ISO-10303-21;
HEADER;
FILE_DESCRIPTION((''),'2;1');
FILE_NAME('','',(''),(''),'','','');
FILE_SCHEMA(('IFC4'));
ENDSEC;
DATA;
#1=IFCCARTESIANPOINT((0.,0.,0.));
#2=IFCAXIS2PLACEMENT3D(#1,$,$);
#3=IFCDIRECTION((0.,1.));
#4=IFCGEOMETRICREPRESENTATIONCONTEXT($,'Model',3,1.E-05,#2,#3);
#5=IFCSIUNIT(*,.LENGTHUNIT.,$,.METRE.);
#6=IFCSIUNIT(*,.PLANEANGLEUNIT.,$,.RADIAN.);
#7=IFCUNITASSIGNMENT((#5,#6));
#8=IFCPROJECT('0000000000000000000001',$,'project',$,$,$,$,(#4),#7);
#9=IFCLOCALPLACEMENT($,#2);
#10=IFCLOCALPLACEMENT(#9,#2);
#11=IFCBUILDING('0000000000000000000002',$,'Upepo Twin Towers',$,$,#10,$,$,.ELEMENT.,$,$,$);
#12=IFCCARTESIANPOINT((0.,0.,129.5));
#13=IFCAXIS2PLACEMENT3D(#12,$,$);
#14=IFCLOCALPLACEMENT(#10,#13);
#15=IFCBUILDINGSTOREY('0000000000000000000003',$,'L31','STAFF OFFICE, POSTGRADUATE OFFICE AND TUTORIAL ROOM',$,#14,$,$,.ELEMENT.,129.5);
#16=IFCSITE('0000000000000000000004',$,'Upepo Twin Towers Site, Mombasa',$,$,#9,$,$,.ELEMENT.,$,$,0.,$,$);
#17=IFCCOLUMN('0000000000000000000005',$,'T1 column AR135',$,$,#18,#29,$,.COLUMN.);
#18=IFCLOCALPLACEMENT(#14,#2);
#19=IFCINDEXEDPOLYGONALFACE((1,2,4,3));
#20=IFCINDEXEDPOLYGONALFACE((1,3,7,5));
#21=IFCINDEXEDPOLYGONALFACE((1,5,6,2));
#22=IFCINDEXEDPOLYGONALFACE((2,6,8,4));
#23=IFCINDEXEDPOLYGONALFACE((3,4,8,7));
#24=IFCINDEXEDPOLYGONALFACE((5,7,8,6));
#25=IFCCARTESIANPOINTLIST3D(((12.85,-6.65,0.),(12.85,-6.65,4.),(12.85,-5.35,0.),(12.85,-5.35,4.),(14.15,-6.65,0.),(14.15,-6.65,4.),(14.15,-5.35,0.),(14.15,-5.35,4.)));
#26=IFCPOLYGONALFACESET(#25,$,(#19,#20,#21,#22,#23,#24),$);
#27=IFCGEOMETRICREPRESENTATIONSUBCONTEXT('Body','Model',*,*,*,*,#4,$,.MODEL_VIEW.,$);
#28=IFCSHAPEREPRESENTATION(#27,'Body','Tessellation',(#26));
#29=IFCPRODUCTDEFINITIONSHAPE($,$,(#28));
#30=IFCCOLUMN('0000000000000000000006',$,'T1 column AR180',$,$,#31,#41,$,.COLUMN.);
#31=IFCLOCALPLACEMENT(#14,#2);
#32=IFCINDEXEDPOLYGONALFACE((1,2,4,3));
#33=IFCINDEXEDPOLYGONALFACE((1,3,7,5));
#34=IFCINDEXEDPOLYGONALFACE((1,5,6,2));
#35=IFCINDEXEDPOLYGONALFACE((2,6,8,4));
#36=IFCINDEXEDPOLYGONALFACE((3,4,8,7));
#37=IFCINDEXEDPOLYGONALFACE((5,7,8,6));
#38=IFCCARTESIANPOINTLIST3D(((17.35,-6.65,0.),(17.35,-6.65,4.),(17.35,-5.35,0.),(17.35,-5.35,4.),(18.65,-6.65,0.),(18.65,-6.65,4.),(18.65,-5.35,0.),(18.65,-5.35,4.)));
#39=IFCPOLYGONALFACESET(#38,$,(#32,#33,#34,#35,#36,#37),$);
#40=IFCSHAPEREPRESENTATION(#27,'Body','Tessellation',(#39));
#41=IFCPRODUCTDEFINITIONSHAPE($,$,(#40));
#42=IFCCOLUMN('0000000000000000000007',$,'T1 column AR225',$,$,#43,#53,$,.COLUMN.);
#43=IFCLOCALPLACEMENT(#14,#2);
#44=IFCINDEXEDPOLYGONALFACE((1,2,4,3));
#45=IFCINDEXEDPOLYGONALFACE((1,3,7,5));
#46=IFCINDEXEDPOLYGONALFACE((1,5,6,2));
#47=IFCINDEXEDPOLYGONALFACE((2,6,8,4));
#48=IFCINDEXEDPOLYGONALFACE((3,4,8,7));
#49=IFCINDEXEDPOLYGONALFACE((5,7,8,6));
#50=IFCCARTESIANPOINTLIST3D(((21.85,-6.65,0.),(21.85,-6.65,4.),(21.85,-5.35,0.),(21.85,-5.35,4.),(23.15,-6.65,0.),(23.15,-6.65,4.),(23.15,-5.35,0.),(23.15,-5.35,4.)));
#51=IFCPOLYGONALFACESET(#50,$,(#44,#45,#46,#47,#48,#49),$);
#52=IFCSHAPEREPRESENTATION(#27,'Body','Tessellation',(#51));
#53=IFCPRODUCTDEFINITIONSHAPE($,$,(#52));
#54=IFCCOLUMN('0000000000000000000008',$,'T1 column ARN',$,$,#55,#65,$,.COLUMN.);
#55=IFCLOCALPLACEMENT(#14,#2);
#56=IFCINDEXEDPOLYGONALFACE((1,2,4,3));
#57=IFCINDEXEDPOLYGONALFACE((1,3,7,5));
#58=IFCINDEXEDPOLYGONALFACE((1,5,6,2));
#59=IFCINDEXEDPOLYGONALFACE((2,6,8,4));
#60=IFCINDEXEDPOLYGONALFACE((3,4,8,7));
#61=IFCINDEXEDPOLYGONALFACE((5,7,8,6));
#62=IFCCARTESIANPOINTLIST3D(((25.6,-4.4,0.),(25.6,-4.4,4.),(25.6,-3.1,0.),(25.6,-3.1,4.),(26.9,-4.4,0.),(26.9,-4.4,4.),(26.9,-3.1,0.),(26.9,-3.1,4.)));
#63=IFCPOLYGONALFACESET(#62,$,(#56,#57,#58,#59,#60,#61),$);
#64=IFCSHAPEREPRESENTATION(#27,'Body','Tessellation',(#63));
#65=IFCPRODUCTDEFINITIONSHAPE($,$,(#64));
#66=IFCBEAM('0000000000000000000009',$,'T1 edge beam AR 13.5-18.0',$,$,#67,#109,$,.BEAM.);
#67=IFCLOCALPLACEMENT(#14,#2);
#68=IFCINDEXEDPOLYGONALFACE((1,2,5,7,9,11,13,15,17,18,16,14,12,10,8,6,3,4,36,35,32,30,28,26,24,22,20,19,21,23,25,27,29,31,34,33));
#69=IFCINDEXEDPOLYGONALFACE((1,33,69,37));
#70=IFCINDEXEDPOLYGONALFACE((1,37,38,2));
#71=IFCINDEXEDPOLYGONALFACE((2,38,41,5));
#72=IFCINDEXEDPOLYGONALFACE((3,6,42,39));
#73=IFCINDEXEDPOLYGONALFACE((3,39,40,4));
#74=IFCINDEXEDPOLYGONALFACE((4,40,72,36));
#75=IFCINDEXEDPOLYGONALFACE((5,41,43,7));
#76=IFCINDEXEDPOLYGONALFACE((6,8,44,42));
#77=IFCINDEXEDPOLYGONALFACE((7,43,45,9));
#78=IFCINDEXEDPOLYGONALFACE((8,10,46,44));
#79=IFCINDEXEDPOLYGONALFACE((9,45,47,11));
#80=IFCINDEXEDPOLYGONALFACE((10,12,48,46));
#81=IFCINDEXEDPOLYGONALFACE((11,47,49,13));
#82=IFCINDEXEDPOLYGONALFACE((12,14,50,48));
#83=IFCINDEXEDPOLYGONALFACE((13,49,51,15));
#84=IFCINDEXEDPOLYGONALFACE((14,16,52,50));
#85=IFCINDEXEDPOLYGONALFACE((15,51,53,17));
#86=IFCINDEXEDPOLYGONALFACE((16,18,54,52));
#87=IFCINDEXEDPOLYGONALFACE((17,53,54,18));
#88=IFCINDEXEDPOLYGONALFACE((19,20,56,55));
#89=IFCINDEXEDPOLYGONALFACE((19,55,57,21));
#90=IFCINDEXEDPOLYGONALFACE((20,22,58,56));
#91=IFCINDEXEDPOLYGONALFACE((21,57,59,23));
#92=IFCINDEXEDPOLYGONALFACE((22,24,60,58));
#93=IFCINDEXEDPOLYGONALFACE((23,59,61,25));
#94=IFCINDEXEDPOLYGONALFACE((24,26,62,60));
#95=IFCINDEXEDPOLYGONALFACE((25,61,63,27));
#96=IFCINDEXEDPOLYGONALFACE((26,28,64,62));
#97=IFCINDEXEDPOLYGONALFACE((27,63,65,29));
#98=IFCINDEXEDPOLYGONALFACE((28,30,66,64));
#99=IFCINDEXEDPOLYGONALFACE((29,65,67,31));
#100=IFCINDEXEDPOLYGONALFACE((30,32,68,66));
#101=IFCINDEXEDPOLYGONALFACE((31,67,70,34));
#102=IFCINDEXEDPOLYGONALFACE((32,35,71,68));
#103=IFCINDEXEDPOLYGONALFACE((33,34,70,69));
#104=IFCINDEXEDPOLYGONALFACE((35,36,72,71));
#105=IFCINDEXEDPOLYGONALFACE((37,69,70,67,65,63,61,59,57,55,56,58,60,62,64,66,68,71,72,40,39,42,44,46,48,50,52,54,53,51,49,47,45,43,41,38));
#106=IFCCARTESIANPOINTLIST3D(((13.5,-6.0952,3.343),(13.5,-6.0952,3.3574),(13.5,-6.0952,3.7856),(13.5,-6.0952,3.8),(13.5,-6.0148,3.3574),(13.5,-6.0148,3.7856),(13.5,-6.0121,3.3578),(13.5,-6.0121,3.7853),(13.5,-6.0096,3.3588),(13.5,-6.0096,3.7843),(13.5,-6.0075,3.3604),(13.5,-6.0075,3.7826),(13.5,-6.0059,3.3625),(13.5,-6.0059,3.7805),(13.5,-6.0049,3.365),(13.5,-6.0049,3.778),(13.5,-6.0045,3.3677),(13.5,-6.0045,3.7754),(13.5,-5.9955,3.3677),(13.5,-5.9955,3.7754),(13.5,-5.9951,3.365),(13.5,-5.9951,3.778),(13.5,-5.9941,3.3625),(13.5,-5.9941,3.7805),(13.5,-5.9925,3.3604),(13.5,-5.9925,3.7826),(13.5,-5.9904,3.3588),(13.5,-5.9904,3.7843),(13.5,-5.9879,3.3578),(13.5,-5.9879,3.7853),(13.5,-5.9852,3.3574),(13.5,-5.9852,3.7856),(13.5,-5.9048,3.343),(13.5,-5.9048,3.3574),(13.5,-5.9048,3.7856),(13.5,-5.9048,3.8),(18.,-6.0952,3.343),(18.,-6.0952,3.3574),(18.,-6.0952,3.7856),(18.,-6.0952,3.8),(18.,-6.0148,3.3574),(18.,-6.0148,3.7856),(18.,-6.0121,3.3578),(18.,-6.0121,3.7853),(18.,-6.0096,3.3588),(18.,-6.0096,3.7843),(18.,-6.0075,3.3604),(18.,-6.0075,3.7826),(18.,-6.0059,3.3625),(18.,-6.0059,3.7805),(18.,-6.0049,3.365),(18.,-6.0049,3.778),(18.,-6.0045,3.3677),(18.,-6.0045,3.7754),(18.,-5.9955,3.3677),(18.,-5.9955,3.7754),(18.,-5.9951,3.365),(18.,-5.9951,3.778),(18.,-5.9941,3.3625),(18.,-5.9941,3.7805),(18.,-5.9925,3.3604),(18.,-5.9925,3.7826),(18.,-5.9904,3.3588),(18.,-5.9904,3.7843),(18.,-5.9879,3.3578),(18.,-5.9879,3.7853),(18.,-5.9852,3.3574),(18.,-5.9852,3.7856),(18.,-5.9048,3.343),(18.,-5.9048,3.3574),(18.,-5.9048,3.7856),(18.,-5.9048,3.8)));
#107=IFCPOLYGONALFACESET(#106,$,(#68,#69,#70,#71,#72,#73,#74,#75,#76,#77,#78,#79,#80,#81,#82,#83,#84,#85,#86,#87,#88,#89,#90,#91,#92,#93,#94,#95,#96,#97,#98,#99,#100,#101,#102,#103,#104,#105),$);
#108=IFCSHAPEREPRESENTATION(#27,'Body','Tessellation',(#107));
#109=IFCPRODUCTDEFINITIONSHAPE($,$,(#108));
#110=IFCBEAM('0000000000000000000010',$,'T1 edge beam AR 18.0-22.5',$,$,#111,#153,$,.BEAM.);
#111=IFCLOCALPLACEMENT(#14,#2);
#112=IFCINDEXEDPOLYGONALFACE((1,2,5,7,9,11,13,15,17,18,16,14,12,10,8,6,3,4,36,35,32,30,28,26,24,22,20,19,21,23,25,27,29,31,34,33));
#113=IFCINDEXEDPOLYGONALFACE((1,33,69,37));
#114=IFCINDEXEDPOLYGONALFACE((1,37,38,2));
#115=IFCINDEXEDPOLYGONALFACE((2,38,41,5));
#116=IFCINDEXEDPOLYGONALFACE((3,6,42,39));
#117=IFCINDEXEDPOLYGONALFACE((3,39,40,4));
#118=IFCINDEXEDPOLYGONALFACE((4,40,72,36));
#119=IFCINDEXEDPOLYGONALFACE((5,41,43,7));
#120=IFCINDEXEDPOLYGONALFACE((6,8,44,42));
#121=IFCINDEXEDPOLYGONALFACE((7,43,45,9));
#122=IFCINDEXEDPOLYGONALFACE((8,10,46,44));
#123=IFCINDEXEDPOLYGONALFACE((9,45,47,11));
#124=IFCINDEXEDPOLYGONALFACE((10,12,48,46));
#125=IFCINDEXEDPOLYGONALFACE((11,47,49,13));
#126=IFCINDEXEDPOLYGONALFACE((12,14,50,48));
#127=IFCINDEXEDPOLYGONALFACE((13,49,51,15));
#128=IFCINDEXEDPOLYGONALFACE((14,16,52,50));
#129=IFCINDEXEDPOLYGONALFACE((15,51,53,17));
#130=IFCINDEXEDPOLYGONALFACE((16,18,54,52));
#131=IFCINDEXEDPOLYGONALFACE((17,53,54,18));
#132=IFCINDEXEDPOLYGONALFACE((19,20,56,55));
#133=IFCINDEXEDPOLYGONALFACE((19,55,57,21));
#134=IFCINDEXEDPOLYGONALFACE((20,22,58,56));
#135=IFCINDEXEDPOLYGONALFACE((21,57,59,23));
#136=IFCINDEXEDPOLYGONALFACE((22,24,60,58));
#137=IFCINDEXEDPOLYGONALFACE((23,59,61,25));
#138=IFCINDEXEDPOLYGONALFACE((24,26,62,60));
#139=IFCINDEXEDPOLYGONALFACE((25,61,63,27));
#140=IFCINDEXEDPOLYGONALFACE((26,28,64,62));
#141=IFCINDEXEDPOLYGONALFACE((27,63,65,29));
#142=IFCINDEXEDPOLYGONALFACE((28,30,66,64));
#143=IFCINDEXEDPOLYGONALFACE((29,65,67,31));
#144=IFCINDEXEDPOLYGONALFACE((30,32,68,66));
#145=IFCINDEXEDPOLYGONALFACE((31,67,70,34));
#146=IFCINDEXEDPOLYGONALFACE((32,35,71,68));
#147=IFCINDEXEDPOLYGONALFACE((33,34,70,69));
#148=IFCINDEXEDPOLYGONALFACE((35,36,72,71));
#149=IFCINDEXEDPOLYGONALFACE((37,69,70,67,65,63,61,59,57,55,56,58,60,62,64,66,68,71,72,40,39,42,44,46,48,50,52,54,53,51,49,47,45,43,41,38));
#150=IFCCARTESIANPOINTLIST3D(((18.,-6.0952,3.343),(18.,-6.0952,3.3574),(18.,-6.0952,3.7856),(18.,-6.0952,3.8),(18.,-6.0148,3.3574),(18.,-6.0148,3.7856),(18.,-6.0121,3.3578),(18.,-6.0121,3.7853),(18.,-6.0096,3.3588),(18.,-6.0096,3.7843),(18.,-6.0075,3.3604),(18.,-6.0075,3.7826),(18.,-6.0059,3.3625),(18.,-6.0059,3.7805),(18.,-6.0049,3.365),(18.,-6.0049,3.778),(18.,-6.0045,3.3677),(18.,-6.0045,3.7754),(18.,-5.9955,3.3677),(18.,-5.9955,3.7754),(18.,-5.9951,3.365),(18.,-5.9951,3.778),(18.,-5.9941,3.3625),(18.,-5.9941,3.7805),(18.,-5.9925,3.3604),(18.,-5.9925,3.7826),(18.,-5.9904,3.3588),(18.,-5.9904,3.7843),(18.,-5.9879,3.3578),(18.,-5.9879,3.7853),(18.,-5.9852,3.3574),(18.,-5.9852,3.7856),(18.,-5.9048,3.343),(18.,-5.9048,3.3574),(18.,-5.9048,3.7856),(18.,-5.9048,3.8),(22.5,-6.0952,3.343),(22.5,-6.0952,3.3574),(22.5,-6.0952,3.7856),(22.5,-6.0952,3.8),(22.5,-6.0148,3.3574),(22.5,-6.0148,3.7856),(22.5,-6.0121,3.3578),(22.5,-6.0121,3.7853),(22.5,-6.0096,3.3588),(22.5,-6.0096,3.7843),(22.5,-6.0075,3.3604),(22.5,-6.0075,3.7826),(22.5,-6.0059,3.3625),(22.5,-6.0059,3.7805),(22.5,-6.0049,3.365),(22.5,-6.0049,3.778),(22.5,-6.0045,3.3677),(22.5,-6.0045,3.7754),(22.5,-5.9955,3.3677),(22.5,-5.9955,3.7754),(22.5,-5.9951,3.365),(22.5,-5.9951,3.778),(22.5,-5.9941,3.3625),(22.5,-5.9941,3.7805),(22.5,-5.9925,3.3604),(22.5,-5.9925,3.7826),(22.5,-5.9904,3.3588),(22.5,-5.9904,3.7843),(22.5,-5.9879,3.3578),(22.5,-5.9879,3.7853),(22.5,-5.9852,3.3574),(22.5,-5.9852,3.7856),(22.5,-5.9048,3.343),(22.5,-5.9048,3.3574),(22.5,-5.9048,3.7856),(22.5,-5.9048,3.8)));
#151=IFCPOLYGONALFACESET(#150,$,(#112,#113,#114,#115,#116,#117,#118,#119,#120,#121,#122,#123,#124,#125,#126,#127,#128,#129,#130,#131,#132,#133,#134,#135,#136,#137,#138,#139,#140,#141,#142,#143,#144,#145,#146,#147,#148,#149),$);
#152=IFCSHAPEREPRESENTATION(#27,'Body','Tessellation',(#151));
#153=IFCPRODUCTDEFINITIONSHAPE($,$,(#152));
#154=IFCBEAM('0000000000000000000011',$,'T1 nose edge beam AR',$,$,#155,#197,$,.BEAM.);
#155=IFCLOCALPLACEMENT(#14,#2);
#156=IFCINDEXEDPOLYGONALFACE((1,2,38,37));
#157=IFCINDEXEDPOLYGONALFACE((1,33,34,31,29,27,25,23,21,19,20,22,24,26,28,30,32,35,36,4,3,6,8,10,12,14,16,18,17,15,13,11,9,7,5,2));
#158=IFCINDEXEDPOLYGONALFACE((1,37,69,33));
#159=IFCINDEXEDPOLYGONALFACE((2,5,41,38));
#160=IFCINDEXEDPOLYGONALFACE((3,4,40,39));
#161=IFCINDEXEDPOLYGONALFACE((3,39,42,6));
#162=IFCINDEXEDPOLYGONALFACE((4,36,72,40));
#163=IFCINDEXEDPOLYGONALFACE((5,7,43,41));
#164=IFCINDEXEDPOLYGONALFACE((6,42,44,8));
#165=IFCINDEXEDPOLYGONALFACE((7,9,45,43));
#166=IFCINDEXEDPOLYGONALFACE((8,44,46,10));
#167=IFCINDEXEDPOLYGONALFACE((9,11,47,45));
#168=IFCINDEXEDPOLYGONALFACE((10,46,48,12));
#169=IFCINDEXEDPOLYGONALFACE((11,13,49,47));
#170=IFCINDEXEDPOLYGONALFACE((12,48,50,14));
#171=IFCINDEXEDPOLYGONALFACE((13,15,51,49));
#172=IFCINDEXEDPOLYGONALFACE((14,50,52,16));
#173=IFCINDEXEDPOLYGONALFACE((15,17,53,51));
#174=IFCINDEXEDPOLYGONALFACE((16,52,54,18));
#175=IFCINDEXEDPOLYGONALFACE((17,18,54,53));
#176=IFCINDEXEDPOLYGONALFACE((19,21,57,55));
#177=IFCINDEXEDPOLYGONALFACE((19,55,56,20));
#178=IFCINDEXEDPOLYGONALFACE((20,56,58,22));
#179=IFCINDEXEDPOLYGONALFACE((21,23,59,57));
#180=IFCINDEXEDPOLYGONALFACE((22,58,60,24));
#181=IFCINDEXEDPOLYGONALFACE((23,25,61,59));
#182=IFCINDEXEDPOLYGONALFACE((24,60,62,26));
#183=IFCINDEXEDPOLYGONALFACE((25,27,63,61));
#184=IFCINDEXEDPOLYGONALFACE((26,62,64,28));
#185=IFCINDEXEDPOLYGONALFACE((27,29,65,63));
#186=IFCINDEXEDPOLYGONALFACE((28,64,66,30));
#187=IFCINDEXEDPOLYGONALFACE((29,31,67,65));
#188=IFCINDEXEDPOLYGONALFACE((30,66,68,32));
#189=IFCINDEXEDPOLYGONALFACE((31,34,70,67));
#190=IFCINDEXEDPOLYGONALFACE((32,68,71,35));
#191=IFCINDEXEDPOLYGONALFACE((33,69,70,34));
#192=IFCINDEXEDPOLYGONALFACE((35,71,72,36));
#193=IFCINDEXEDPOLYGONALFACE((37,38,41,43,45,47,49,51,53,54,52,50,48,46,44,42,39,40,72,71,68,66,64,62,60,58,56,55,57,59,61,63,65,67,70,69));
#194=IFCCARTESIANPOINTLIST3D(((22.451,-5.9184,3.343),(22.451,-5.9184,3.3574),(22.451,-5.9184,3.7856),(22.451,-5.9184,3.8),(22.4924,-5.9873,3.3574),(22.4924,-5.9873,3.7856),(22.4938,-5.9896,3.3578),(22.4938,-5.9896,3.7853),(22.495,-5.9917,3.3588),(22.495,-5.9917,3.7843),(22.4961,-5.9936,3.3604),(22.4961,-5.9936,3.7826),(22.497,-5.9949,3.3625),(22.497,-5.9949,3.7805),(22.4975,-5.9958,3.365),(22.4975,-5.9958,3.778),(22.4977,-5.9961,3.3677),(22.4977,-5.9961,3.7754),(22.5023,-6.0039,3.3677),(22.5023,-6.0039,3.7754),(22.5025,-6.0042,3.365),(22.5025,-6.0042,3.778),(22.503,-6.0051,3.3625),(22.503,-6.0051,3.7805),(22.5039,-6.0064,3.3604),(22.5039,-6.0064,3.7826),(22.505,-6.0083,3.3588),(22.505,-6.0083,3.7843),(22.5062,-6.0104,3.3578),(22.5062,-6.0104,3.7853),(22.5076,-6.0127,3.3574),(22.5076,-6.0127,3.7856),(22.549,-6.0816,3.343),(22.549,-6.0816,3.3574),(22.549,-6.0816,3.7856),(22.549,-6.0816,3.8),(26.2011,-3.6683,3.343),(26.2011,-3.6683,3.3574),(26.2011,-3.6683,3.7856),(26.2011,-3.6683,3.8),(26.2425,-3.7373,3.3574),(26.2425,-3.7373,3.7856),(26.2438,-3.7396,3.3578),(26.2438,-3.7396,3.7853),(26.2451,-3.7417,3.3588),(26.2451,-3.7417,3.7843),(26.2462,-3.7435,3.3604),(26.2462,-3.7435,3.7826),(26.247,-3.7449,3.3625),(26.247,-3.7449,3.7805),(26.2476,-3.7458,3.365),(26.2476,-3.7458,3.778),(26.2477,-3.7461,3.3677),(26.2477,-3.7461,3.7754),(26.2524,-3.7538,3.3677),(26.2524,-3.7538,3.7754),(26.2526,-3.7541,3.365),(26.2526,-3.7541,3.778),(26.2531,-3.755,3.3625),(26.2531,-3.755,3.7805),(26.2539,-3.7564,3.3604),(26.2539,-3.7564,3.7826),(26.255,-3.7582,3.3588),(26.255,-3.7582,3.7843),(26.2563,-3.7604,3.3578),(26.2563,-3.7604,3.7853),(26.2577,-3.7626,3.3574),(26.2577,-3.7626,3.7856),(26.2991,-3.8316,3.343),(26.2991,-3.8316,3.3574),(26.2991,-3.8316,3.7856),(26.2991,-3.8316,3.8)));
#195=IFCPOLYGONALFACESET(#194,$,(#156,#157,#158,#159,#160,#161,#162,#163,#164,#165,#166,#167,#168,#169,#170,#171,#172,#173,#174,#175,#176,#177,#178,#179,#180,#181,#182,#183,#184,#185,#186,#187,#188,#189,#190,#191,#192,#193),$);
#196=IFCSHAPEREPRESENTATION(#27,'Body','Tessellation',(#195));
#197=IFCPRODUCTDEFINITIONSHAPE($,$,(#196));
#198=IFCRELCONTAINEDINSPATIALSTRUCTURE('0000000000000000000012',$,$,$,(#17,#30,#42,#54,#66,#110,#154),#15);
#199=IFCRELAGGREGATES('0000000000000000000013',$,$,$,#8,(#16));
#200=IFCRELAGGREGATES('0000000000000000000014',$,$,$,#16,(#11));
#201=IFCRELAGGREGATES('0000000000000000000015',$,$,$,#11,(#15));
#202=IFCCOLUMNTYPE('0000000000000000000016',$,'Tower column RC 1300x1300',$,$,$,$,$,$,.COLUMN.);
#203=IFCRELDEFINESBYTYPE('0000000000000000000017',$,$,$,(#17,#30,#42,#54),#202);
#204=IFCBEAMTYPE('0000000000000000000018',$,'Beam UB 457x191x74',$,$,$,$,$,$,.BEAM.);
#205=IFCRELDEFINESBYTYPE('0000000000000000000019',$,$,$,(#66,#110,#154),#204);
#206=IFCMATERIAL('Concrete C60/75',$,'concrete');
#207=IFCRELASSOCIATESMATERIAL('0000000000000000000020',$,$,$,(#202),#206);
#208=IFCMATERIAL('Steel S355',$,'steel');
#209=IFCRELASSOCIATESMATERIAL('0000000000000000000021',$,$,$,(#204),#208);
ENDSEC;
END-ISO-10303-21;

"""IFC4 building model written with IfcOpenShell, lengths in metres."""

from ifc_helpers import new_model, si_unit, direction, frame, origin, origin_2d, place, context, subcontext, project, spatial, rectangle, i_section, extrude, material, material_profile, profile_set, type_object, element, save


model = new_model("IFC4")

# Units and contexts
model_context = context("Model", 3, precision=1e-05, world=origin(), true_north=direction((0.0, 1.0)))
body_context = subcontext(model_context, "Body", "Model", "MODEL_VIEW")
ifc_project = project(units=[si_unit("LENGTHUNIT", "METRE"), si_unit("PLANEANGLEUNIT", "RADIAN")], contexts=[model_context])

# Site, building, storey
site_placement = place(None, origin())
site = spatial("IfcSite", under=ifc_project, at=site_placement, Name="Upepo Twin Towers Site, Mombasa", CompositionType="ELEMENT", RefElevation=0.0)
building_placement = place(site_placement, origin())
building = spatial("IfcBuilding", under=site, at=building_placement, Name="Upepo Twin Towers", CompositionType="ELEMENT")
storey_placement = place(building_placement, frame((0.0, 0.0, 129.5)))
storey = spatial("IfcBuildingStorey", under=building, at=storey_placement, Name="L31", Description="STAFF OFFICE, POSTGRADUATE OFFICE AND TUTORIAL ROOM", CompositionType="ELEMENT", Elevation=129.5)

# Columns
ifc_material_1 = material(Name="Concrete C60/75", Category="concrete")
ifc_material_profile_1 = material_profile(ifc_material_1, rectangle(XDim=1.3, YDim=1.3, at=origin_2d()), Name="RC 1300x1300")
ifc_profile_set_1 = profile_set([ifc_material_profile_1], Name="Concrete C60/75")
column_type = type_object("IfcColumnType", Name="Tower column RC 1300x1300", PredefinedType="COLUMN", material=ifc_profile_set_1)
for number, where, z_axis, x_axis, name in (
    (1, (13.5, -6.0, 0.0), (0.0, 0.0, 1.0), (1.0, 0.0, 0.0), "T1 column AR135"),
    (2, (18.0, -6.0, 0.0), (0.0, 0.0, 1.0), (1.0, 0.0, 0.0), "T1 column AR180"),
    (3, (22.5, -6.0, 0.0), (0.0, 0.0, 1.0), (1.0, 0.0, 0.0), "T1 column AR225"),
    (4, (26.25, -3.75, 0.0), (0.0, 0.0, 1.0), (1.0, 0.0, 0.0), "T1 column ARN"),
):
    element("IfcColumn", number, at=place(storey_placement, frame(where, z_axis=z_axis, x_axis=x_axis)), inside=storey, type_object=column_type, Name=name, PredefinedType="COLUMN", context=body_context, shape_type="SweptSolid", body=[
        extrude(rectangle(XDim=1.3, YDim=1.3, at=origin_2d()), origin(), (0.0, 0.0, 1.0), 4.0),
    ])

# Beams
ifc_material_2 = material(Name="Steel S355", Category="steel")
ifc_material_profile_2 = material_profile(ifc_material_2, i_section(OverallWidth=0.1904, OverallDepth=0.457, WebThickness=0.009, FlangeThickness=0.0144, FilletRadius=0.0103, at=origin_2d()), Name="UB 457x191x74")
ifc_profile_set_2 = profile_set([ifc_material_profile_2], Name="Steel S355")
beam_type_1 = type_object("IfcBeamType", Name="Beam UB 457x191x74", PredefinedType="BEAM", material=ifc_profile_set_2)
for number, where, z_axis, x_axis, name in (
    (5, (13.5, -6.0, 3.5715), (1.0, 0.0, 0.0), (0.0, 1.0, 0.0), "T1 edge beam AR 13.5-18.0"),
    (6, (18.0, -6.0, 3.5715), (1.0, 0.0, 0.0), (0.0, 1.0, 0.0), "T1 edge beam AR 18.0-22.5"),
):
    element("IfcBeam", number, at=place(storey_placement, frame(where, z_axis=z_axis, x_axis=x_axis)), inside=storey, type_object=beam_type_1, Name=name, PredefinedType="BEAM", context=body_context, shape_type="SweptSolid", body=[
        extrude(i_section(OverallWidth=0.1904, OverallDepth=0.457, WebThickness=0.009, FlangeThickness=0.0144, FilletRadius=0.0103, at=origin_2d()), origin(), (0.0, 0.0, 1.0), 4.5),
    ])
beam_1_placement = place(storey_placement, frame((22.5, -6.0, 3.5715), z_axis=(0.857493, 0.514496, 0.0), x_axis=(-0.514496, 0.857493, 0.0)))
element("IfcBeam", 7, at=beam_1_placement, inside=storey, type_object=beam_type_1, Name="T1 nose edge beam AR", PredefinedType="BEAM", context=body_context, shape_type="SweptSolid", body=[
    extrude(i_section(OverallWidth=0.1904, OverallDepth=0.457, WebThickness=0.009, FlangeThickness=0.0144, FilletRadius=0.0103, at=origin_2d()), origin(), (0.0, 0.0, 1.0), 4.3733),
])

save(model, "model.ifc")
